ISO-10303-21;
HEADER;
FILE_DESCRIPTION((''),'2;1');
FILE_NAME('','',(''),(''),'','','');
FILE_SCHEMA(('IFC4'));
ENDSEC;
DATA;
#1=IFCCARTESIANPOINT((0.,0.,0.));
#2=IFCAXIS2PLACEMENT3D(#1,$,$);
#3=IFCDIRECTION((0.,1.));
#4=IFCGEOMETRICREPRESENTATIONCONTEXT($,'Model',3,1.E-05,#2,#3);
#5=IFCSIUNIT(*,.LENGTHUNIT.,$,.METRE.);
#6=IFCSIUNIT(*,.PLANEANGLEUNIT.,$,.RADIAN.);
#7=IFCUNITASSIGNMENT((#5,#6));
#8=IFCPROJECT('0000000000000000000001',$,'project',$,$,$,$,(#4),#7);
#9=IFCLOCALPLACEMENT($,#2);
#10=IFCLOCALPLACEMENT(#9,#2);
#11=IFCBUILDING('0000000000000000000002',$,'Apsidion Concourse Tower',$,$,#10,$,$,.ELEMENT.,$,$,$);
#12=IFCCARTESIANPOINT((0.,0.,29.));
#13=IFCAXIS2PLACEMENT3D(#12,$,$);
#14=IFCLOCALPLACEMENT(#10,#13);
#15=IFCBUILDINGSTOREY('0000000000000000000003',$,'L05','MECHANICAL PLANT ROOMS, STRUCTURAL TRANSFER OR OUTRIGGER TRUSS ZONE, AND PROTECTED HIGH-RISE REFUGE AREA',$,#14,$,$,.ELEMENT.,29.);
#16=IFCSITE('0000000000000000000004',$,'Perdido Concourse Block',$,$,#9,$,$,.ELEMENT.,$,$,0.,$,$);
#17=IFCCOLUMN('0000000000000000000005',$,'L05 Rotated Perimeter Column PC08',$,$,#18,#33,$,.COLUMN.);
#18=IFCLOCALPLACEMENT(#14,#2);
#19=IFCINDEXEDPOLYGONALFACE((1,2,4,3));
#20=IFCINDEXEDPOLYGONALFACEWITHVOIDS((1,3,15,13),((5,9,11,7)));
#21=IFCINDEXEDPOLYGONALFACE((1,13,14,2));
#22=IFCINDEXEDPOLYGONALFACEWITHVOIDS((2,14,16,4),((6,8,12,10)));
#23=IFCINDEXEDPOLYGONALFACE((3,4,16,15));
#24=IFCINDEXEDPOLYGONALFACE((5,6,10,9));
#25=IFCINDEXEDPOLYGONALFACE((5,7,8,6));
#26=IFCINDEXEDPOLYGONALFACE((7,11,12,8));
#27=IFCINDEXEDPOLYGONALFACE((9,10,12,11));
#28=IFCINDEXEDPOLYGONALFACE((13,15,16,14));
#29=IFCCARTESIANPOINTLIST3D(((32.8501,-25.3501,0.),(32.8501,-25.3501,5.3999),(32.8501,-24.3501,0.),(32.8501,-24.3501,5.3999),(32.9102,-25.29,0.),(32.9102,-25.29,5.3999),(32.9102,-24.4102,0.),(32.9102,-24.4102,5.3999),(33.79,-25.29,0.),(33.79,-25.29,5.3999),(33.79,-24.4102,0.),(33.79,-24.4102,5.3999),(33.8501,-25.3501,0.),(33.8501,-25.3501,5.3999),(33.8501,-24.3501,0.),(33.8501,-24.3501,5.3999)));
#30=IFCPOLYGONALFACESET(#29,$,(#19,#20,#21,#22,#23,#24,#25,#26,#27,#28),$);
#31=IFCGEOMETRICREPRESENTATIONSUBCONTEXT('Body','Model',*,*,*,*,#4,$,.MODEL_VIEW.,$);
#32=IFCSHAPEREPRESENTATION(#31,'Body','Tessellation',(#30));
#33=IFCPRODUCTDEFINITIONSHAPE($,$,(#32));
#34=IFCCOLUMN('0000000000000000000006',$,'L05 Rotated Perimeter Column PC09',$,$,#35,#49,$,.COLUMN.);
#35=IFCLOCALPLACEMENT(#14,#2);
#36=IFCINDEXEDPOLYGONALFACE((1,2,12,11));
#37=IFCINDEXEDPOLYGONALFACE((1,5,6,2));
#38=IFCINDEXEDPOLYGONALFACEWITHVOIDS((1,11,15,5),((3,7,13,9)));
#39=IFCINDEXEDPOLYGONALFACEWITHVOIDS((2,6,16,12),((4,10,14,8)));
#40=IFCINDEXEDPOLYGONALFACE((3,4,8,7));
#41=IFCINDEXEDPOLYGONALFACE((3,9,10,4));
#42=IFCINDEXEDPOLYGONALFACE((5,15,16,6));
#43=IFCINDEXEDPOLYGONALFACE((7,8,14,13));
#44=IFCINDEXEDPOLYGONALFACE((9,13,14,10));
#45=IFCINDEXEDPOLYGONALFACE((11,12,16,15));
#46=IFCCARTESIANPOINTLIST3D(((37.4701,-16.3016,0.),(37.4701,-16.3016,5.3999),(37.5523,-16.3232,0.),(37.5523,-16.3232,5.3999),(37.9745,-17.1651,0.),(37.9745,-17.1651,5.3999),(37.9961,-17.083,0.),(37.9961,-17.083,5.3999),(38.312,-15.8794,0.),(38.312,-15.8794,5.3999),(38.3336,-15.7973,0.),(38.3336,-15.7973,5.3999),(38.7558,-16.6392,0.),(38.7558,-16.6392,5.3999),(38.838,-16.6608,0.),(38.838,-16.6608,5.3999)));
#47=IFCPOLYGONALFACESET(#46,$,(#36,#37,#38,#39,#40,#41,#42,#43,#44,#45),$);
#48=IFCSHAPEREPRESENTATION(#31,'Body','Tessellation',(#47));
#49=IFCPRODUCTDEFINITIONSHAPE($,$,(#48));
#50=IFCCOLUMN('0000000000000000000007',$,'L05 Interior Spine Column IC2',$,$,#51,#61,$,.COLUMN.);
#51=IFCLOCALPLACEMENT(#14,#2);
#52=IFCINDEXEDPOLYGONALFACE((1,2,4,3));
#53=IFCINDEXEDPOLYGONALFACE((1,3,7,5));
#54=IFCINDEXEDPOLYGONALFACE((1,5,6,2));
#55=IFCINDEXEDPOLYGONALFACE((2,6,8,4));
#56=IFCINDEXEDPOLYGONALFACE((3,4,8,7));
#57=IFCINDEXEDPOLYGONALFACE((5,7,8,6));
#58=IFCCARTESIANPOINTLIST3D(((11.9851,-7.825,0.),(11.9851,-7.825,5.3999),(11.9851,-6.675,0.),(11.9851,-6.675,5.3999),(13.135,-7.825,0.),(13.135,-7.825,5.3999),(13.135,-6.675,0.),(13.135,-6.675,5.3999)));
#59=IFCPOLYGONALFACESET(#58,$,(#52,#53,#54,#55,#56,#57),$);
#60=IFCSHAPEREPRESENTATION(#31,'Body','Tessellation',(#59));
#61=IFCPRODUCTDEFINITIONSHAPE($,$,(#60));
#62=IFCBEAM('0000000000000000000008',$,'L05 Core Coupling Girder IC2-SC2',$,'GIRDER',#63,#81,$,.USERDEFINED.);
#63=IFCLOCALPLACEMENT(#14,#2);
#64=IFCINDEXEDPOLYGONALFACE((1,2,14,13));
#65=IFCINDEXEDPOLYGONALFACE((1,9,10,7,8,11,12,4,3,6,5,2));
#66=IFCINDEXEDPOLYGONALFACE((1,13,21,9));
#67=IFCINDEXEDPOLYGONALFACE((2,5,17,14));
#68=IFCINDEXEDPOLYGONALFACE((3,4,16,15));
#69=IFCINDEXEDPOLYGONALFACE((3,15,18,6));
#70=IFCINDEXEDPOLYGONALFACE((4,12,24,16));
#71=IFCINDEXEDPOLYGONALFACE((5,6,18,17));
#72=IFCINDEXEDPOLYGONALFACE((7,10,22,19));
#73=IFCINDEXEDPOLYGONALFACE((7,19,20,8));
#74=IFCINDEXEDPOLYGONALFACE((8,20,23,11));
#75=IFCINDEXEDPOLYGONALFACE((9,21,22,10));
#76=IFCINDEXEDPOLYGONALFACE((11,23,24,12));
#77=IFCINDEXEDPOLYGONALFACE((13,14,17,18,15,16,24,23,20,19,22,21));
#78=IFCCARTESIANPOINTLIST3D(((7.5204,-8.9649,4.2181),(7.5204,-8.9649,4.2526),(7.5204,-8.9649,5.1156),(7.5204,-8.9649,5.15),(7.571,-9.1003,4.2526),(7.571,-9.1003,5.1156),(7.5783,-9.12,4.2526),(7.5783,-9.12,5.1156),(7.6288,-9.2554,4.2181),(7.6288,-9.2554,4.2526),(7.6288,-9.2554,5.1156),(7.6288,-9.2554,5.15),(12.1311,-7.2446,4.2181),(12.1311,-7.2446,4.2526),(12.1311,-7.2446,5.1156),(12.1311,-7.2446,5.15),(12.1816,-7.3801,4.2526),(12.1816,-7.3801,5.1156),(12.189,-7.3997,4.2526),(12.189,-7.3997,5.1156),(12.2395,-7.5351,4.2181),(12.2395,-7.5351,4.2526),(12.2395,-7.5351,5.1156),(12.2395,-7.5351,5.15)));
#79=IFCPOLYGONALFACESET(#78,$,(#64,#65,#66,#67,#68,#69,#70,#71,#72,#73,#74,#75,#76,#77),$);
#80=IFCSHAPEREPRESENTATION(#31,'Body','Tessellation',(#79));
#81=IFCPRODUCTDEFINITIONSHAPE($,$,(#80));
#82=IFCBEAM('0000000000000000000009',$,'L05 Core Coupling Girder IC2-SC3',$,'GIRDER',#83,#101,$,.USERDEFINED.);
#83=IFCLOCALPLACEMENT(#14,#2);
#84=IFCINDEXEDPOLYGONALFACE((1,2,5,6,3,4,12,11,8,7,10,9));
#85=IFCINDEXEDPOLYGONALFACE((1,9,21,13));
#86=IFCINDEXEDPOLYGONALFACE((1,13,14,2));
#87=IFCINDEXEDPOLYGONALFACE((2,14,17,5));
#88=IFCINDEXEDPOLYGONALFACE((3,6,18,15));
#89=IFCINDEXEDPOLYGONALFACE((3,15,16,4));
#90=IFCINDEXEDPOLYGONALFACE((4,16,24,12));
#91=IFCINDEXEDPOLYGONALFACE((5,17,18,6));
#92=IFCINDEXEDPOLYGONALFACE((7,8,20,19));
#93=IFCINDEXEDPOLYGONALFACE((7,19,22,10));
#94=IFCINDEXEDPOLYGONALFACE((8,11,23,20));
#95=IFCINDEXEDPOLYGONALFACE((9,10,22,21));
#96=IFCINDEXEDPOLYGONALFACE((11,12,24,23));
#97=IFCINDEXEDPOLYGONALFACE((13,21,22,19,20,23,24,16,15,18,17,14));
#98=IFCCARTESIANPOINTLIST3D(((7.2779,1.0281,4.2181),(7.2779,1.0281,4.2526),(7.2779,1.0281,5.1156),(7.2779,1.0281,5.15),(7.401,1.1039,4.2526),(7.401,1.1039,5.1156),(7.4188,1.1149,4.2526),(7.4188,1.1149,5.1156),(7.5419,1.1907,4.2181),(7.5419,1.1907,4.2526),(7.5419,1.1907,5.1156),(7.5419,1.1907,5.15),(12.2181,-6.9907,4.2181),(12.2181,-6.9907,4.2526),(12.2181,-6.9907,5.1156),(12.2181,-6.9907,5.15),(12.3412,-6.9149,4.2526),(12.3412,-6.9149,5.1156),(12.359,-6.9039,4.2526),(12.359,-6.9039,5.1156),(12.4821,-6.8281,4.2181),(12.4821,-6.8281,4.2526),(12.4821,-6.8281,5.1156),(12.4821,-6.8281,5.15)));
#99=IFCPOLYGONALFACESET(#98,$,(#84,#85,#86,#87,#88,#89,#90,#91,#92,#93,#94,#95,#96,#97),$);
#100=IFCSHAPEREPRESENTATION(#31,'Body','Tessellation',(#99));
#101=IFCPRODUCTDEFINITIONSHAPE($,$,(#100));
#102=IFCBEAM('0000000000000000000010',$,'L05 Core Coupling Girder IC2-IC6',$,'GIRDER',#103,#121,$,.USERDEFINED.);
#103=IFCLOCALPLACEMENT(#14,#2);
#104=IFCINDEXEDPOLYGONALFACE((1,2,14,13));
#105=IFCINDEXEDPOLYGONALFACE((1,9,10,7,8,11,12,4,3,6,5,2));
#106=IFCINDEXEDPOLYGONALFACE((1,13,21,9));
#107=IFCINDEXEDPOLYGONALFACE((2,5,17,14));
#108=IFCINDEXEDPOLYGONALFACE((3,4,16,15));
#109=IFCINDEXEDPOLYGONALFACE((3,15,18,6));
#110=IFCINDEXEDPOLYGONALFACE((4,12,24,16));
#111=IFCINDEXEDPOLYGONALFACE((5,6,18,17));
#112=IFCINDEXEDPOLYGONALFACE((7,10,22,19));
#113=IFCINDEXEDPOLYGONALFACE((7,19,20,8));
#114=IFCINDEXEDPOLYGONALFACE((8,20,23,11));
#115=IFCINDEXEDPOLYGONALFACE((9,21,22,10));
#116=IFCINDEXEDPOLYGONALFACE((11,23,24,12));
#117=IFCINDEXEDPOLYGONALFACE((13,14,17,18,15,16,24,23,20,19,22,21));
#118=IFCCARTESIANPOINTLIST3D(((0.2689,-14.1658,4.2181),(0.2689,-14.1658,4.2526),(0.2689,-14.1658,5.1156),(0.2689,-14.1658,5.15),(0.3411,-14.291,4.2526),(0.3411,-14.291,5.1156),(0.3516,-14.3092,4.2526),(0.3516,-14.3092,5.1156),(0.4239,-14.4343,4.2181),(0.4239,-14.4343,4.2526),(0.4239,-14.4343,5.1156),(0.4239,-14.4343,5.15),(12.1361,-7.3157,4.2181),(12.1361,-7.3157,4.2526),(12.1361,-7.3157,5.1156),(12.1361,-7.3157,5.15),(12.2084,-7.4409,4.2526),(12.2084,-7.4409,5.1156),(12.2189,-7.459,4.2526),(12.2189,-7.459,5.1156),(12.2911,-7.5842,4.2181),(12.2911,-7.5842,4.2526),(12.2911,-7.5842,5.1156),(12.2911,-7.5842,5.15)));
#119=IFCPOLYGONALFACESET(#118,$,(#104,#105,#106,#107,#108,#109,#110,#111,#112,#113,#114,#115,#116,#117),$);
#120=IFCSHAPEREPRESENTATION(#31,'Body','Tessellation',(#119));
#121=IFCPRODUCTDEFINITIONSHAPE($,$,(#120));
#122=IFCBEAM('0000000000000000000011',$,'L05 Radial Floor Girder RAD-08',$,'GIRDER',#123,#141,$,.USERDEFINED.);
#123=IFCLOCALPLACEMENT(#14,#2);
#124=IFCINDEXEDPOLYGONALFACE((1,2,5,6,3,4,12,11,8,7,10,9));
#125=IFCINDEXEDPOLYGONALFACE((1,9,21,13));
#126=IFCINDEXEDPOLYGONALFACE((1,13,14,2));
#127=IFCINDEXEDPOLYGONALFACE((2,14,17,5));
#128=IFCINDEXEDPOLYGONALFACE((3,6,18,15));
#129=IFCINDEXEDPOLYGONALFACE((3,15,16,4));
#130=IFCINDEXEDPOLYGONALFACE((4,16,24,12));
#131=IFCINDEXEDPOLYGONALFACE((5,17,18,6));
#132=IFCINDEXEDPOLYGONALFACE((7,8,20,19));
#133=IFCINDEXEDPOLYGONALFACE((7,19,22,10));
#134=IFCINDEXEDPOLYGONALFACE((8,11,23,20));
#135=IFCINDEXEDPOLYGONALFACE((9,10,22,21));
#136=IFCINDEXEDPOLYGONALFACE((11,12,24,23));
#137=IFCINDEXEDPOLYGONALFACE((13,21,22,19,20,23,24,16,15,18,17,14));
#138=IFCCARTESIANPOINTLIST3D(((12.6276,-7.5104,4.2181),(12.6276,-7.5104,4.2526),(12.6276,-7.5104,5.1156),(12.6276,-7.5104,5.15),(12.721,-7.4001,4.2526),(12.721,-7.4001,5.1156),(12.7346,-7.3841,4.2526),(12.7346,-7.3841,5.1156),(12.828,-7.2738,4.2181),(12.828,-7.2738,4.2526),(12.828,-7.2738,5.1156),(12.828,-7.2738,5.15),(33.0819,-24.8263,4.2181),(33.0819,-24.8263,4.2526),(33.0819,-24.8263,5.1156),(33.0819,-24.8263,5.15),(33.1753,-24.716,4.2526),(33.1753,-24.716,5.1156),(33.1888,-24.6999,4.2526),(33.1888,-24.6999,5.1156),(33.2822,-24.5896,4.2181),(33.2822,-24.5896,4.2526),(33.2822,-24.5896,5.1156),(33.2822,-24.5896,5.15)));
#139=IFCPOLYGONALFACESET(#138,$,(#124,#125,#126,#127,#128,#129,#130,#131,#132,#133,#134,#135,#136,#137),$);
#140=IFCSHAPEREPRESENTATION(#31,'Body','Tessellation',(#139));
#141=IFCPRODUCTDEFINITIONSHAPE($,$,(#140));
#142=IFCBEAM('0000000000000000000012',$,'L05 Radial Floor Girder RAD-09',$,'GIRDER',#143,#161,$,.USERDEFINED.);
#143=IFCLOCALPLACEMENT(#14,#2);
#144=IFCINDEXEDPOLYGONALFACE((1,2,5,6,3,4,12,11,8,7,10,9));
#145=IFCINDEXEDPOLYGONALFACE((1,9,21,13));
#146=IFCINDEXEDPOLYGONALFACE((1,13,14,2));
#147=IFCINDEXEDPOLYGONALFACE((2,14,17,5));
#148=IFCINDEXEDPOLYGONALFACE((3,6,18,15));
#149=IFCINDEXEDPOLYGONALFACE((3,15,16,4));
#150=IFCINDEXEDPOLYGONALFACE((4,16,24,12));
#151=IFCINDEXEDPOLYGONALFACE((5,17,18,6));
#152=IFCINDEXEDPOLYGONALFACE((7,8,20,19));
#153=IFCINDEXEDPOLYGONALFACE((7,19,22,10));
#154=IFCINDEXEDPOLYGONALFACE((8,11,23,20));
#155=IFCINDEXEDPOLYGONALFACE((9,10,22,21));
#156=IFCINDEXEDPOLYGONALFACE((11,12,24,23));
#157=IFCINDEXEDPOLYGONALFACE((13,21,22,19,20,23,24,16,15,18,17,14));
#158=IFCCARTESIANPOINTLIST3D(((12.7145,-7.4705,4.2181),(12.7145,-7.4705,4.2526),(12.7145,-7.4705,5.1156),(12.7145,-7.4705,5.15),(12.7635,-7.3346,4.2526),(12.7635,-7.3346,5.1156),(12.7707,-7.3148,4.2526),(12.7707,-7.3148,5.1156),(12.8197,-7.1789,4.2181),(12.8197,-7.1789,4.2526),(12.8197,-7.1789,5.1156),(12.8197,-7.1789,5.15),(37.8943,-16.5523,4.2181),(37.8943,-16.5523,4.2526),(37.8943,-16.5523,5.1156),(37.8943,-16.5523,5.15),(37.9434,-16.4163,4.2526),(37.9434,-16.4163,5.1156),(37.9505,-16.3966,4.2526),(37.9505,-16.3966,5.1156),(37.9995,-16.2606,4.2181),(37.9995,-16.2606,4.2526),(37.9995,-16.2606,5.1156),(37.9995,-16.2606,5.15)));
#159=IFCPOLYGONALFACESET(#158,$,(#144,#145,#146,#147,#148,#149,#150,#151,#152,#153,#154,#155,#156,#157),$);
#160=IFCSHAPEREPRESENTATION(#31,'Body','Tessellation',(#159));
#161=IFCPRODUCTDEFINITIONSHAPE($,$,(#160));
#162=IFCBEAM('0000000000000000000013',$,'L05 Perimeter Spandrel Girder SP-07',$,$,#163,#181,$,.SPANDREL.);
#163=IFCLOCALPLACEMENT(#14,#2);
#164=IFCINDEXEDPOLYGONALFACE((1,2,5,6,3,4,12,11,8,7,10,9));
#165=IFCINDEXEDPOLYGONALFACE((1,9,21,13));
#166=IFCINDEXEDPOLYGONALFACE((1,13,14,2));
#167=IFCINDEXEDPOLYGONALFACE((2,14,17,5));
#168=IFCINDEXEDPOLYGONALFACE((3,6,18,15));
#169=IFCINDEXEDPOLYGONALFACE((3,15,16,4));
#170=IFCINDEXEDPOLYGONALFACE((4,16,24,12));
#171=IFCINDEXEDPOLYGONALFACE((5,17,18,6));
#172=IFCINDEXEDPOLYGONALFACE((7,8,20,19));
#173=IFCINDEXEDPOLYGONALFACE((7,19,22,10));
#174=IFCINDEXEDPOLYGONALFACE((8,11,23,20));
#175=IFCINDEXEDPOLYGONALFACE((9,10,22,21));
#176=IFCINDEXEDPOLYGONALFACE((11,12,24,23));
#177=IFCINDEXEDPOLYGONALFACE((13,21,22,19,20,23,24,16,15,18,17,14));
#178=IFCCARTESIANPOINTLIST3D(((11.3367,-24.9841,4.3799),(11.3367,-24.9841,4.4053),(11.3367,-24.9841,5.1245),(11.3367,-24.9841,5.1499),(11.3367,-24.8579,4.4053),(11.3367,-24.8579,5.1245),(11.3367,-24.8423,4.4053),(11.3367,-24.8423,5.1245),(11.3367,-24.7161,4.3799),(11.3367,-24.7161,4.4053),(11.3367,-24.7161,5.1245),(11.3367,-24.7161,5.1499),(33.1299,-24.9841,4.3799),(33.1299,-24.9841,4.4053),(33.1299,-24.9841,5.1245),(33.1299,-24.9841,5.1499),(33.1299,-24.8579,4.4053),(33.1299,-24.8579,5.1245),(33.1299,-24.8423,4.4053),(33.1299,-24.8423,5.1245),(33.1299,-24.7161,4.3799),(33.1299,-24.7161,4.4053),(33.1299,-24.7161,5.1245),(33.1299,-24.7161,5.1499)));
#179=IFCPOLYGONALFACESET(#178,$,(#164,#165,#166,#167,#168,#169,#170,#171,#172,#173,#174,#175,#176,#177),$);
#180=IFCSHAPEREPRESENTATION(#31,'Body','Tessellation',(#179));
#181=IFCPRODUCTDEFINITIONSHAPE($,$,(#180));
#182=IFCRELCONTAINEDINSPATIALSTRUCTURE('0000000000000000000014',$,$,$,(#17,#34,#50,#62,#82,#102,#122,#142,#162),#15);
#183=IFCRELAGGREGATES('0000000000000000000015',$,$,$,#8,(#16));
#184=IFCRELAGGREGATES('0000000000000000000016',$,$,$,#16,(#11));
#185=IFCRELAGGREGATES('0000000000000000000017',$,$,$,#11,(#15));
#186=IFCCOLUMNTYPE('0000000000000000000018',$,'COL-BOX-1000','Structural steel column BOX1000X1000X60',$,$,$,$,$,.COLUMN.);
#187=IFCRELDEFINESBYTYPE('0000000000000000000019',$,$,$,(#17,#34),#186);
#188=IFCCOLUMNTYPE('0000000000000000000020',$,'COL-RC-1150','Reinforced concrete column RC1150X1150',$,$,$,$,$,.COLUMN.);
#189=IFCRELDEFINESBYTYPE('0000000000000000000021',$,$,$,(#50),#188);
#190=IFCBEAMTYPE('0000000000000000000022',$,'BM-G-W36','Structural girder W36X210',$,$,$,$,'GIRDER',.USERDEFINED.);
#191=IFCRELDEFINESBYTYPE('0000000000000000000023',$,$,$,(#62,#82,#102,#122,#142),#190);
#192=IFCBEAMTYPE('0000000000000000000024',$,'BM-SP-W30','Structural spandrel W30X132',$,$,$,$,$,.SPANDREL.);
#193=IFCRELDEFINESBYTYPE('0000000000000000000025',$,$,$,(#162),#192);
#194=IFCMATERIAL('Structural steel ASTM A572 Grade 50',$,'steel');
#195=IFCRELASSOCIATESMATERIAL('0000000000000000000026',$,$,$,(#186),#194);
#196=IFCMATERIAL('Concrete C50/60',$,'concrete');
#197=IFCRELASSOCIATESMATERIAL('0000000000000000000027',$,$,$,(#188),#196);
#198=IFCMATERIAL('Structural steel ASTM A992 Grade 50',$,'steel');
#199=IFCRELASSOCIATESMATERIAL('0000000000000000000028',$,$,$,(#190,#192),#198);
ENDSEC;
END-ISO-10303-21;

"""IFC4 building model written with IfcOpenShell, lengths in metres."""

from ifc_helpers import new_model, si_unit, direction, frame, origin, origin_2d, place, context, subcontext, project, spatial, rectangle, hollow_rectangle, i_section, extrude, material, material_profile, profile_set, type_object, element, save


model = new_model("IFC4")

# Units and contexts
model_context = context("Model", 3, precision=1e-05, world=origin(), true_north=direction((0.0, 1.0)))
body_context = subcontext(model_context, "Body", "Model", "MODEL_VIEW")
ifc_project = project(units=[si_unit("LENGTHUNIT", "METRE"), si_unit("PLANEANGLEUNIT", "RADIAN")], contexts=[model_context])

# Site, building, storey
site_placement = place(None, origin())
site = spatial("IfcSite", under=ifc_project, at=site_placement, Name="Perdido Concourse Block", CompositionType="ELEMENT", RefElevation=0.0)
building_placement = place(site_placement, origin())
building = spatial("IfcBuilding", under=site, at=building_placement, Name="Apsidion Concourse Tower", CompositionType="ELEMENT")
storey_placement = place(building_placement, frame((0.0, 0.0, 29.0)))
storey = spatial("IfcBuildingStorey", under=building, at=storey_placement, Name="L05", Description="MECHANICAL PLANT ROOMS, STRUCTURAL TRANSFER OR OUTRIGGER TRUSS ZONE, AND PROTECTED HIGH-RISE REFUGE AREA", CompositionType="ELEMENT", Elevation=29.0)

# Columns
ifc_material_1 = material(Name="Structural steel ASTM A572 Grade 50", Category="steel")
ifc_material_profile_1 = material_profile(ifc_material_1, hollow_rectangle(XDim=1.0, YDim=1.0, WallThickness=0.0601, at=origin_2d()), Name="BOX1000X1000X60")
ifc_profile_set_1 = profile_set([ifc_material_profile_1], Name="Structural steel ASTM A572 Grade 50")
column_type_1 = type_object("IfcColumnType", Name="COL-BOX-1000", Description="Structural steel column BOX1000X1000X60", PredefinedType="COLUMN", material=ifc_profile_set_1)
for number, where, z_axis, x_axis, name in (
    (1, (33.3501, -24.8501, 0.0), (0.0, 0.0, 1.0), (1.0, 0.0, 0.0), "L05 Rotated Perimeter Column PC08"),
    (2, (38.1541, -16.4812, 0.0), (0.0, 0.0, 1.0), (-0.504377, 0.863484, 0.0), "L05 Rotated Perimeter Column PC09"),
):
    element("IfcColumn", number, at=place(storey_placement, frame(where, z_axis=z_axis, x_axis=x_axis)), inside=storey, type_object=column_type_1, Name=name, PredefinedType="COLUMN", context=body_context, shape_type="SweptSolid", body=[
        extrude(hollow_rectangle(XDim=1.0, YDim=1.0, WallThickness=0.0601, at=origin_2d()), origin(), (0.0, 0.0, 1.0), 5.3999),
    ])
ifc_material_2 = material(Name="Concrete C50/60", Category="concrete")
ifc_material_profile_2 = material_profile(ifc_material_2, rectangle(XDim=1.1499, YDim=1.1499, at=origin_2d()), Name="RC 1150x1150")
ifc_profile_set_2 = profile_set([ifc_material_profile_2], Name="Concrete C50/60")
column_type_2 = type_object("IfcColumnType", Name="COL-RC-1150", Description="Reinforced concrete column RC1150X1150", PredefinedType="COLUMN", material=ifc_profile_set_2)
column_placement = place(storey_placement, frame((12.5601, -7.25, 0.0), z_axis=(0.0, 0.0, 1.0), x_axis=(1.0, 0.0, 0.0)))
element("IfcColumn", 3, at=column_placement, inside=storey, type_object=column_type_2, Name="L05 Interior Spine Column IC2", PredefinedType="COLUMN", context=body_context, shape_type="SweptSolid", body=[
    extrude(rectangle(XDim=1.1499, YDim=1.1499, at=origin_2d()), origin(), (0.0, 0.0, 1.0), 5.3999),
])

# Beams
ifc_material_3 = material(Name="Structural steel ASTM A992 Grade 50", Category="steel")
ifc_material_profile_3 = material_profile(ifc_material_3, i_section(OverallWidth=0.3101, OverallDepth=0.9319, WebThickness=0.021, FlangeThickness=0.0344, at=origin_2d()), Name="W36X210")
ifc_profile_set_3 = profile_set([ifc_material_profile_3], Name="Structural steel ASTM A992 Grade 50")
beam_type_1 = type_object("IfcBeamType", Name="BM-G-W36", Description="Structural girder W36X210", ElementType="GIRDER", PredefinedType="USERDEFINED", material=ifc_profile_set_3)
beam_1_placement = place(storey_placement, frame((12.1853, -7.3899, 4.6841), z_axis=(-0.936913, -0.349563, 0.0), x_axis=(0.349563, -0.936913, 0.0)))
element("IfcBeam", 4, at=beam_1_placement, inside=storey, type_object=beam_type_1, Name="L05 Core Coupling Girder IC2-SC2", ObjectType="GIRDER", PredefinedType="USERDEFINED", context=body_context, shape_type="SweptSolid", body=[
    extrude(i_section(OverallWidth=0.3101, OverallDepth=0.9319, WebThickness=0.021, FlangeThickness=0.0344, at=origin_2d()), origin(), (0.0, 0.0, 1.0), 4.9211),
])
beam_2_placement = place(storey_placement, frame((12.3501, -6.9094, 4.6841), z_axis=(-0.524524, 0.851396, 0.0), x_axis=(-0.851396, -0.524524, 0.0)))
element("IfcBeam", 5, at=beam_2_placement, inside=storey, type_object=beam_type_1, Name="L05 Core Coupling Girder IC2-SC3", ObjectType="GIRDER", PredefinedType="USERDEFINED", context=body_context, shape_type="SweptSolid", body=[
    extrude(i_section(OverallWidth=0.3101, OverallDepth=0.9319, WebThickness=0.021, FlangeThickness=0.0344, at=origin_2d()), origin(), (0.0, 0.0, 1.0), 9.4185),
])
beam_3_placement = place(storey_placement, frame((12.2136, -7.45, 4.6841), z_axis=(-0.86607, -0.499922, 0.0), x_axis=(0.499922, -0.86607, 0.0)))
element("IfcBeam", 6, at=beam_3_placement, inside=storey, type_object=beam_type_1, Name="L05 Core Coupling Girder IC2-IC6", ObjectType="GIRDER", PredefinedType="USERDEFINED", context=body_context, shape_type="SweptSolid", body=[
    extrude(i_section(OverallWidth=0.3101, OverallDepth=0.9319, WebThickness=0.021, FlangeThickness=0.0344, at=origin_2d()), origin(), (0.0, 0.0, 1.0), 13.7024),
])
beam_4_placement = place(storey_placement, frame((12.7278, -7.3921, 4.6841), z_axis=(0.763232, -0.646125, 0.0), x_axis=(0.646125, 0.763232, 0.0)))
element("IfcBeam", 7, at=beam_4_placement, inside=storey, type_object=beam_type_1, Name="L05 Radial Floor Girder RAD-08", ObjectType="GIRDER", PredefinedType="USERDEFINED", context=body_context, shape_type="SweptSolid", body=[
    extrude(i_section(OverallWidth=0.3101, OverallDepth=0.9319, WebThickness=0.021, FlangeThickness=0.0344, at=origin_2d()), origin(), (0.0, 0.0, 1.0), 26.7996),
])
beam_5_placement = place(storey_placement, frame((12.7671, -7.3247, 4.6841), z_axis=(0.940685, -0.339282, 0.0), x_axis=(0.339282, 0.940685, 0.0)))
element("IfcBeam", 8, at=beam_5_placement, inside=storey, type_object=beam_type_1, Name="L05 Radial Floor Girder RAD-09", ObjectType="GIRDER", PredefinedType="USERDEFINED", context=body_context, shape_type="SweptSolid", body=[
    extrude(i_section(OverallWidth=0.3101, OverallDepth=0.9319, WebThickness=0.021, FlangeThickness=0.0344, at=origin_2d()), origin(), (0.0, 0.0, 1.0), 26.7676),
])
ifc_material_profile_4 = material_profile(ifc_material_3, i_section(OverallWidth=0.2681, OverallDepth=0.77, WebThickness=0.0156, FlangeThickness=0.0254, at=origin_2d()), Name="W30X132")
ifc_profile_set_4 = profile_set([ifc_material_profile_4], Name="Structural steel ASTM A992 Grade 50")
beam_type_2 = type_object("IfcBeamType", Name="BM-SP-W30", Description="Structural spandrel W30X132", PredefinedType="SPANDREL", material=ifc_profile_set_4)
beam_6_placement = place(storey_placement, frame((11.3367, -24.8501, 4.7649), z_axis=(1.0, 0.0, 0.0), x_axis=(0.0, 1.0, 0.0)))
element("IfcBeam", 9, at=beam_6_placement, inside=storey, type_object=beam_type_2, Name="L05 Perimeter Spandrel Girder SP-07", PredefinedType="SPANDREL", context=body_context, shape_type="SweptSolid", body=[
    extrude(i_section(OverallWidth=0.2681, OverallDepth=0.77, WebThickness=0.0156, FlangeThickness=0.0254, at=origin_2d()), origin(), (0.0, 0.0, 1.0), 21.7932),
])

save(model, "model.ifc")
